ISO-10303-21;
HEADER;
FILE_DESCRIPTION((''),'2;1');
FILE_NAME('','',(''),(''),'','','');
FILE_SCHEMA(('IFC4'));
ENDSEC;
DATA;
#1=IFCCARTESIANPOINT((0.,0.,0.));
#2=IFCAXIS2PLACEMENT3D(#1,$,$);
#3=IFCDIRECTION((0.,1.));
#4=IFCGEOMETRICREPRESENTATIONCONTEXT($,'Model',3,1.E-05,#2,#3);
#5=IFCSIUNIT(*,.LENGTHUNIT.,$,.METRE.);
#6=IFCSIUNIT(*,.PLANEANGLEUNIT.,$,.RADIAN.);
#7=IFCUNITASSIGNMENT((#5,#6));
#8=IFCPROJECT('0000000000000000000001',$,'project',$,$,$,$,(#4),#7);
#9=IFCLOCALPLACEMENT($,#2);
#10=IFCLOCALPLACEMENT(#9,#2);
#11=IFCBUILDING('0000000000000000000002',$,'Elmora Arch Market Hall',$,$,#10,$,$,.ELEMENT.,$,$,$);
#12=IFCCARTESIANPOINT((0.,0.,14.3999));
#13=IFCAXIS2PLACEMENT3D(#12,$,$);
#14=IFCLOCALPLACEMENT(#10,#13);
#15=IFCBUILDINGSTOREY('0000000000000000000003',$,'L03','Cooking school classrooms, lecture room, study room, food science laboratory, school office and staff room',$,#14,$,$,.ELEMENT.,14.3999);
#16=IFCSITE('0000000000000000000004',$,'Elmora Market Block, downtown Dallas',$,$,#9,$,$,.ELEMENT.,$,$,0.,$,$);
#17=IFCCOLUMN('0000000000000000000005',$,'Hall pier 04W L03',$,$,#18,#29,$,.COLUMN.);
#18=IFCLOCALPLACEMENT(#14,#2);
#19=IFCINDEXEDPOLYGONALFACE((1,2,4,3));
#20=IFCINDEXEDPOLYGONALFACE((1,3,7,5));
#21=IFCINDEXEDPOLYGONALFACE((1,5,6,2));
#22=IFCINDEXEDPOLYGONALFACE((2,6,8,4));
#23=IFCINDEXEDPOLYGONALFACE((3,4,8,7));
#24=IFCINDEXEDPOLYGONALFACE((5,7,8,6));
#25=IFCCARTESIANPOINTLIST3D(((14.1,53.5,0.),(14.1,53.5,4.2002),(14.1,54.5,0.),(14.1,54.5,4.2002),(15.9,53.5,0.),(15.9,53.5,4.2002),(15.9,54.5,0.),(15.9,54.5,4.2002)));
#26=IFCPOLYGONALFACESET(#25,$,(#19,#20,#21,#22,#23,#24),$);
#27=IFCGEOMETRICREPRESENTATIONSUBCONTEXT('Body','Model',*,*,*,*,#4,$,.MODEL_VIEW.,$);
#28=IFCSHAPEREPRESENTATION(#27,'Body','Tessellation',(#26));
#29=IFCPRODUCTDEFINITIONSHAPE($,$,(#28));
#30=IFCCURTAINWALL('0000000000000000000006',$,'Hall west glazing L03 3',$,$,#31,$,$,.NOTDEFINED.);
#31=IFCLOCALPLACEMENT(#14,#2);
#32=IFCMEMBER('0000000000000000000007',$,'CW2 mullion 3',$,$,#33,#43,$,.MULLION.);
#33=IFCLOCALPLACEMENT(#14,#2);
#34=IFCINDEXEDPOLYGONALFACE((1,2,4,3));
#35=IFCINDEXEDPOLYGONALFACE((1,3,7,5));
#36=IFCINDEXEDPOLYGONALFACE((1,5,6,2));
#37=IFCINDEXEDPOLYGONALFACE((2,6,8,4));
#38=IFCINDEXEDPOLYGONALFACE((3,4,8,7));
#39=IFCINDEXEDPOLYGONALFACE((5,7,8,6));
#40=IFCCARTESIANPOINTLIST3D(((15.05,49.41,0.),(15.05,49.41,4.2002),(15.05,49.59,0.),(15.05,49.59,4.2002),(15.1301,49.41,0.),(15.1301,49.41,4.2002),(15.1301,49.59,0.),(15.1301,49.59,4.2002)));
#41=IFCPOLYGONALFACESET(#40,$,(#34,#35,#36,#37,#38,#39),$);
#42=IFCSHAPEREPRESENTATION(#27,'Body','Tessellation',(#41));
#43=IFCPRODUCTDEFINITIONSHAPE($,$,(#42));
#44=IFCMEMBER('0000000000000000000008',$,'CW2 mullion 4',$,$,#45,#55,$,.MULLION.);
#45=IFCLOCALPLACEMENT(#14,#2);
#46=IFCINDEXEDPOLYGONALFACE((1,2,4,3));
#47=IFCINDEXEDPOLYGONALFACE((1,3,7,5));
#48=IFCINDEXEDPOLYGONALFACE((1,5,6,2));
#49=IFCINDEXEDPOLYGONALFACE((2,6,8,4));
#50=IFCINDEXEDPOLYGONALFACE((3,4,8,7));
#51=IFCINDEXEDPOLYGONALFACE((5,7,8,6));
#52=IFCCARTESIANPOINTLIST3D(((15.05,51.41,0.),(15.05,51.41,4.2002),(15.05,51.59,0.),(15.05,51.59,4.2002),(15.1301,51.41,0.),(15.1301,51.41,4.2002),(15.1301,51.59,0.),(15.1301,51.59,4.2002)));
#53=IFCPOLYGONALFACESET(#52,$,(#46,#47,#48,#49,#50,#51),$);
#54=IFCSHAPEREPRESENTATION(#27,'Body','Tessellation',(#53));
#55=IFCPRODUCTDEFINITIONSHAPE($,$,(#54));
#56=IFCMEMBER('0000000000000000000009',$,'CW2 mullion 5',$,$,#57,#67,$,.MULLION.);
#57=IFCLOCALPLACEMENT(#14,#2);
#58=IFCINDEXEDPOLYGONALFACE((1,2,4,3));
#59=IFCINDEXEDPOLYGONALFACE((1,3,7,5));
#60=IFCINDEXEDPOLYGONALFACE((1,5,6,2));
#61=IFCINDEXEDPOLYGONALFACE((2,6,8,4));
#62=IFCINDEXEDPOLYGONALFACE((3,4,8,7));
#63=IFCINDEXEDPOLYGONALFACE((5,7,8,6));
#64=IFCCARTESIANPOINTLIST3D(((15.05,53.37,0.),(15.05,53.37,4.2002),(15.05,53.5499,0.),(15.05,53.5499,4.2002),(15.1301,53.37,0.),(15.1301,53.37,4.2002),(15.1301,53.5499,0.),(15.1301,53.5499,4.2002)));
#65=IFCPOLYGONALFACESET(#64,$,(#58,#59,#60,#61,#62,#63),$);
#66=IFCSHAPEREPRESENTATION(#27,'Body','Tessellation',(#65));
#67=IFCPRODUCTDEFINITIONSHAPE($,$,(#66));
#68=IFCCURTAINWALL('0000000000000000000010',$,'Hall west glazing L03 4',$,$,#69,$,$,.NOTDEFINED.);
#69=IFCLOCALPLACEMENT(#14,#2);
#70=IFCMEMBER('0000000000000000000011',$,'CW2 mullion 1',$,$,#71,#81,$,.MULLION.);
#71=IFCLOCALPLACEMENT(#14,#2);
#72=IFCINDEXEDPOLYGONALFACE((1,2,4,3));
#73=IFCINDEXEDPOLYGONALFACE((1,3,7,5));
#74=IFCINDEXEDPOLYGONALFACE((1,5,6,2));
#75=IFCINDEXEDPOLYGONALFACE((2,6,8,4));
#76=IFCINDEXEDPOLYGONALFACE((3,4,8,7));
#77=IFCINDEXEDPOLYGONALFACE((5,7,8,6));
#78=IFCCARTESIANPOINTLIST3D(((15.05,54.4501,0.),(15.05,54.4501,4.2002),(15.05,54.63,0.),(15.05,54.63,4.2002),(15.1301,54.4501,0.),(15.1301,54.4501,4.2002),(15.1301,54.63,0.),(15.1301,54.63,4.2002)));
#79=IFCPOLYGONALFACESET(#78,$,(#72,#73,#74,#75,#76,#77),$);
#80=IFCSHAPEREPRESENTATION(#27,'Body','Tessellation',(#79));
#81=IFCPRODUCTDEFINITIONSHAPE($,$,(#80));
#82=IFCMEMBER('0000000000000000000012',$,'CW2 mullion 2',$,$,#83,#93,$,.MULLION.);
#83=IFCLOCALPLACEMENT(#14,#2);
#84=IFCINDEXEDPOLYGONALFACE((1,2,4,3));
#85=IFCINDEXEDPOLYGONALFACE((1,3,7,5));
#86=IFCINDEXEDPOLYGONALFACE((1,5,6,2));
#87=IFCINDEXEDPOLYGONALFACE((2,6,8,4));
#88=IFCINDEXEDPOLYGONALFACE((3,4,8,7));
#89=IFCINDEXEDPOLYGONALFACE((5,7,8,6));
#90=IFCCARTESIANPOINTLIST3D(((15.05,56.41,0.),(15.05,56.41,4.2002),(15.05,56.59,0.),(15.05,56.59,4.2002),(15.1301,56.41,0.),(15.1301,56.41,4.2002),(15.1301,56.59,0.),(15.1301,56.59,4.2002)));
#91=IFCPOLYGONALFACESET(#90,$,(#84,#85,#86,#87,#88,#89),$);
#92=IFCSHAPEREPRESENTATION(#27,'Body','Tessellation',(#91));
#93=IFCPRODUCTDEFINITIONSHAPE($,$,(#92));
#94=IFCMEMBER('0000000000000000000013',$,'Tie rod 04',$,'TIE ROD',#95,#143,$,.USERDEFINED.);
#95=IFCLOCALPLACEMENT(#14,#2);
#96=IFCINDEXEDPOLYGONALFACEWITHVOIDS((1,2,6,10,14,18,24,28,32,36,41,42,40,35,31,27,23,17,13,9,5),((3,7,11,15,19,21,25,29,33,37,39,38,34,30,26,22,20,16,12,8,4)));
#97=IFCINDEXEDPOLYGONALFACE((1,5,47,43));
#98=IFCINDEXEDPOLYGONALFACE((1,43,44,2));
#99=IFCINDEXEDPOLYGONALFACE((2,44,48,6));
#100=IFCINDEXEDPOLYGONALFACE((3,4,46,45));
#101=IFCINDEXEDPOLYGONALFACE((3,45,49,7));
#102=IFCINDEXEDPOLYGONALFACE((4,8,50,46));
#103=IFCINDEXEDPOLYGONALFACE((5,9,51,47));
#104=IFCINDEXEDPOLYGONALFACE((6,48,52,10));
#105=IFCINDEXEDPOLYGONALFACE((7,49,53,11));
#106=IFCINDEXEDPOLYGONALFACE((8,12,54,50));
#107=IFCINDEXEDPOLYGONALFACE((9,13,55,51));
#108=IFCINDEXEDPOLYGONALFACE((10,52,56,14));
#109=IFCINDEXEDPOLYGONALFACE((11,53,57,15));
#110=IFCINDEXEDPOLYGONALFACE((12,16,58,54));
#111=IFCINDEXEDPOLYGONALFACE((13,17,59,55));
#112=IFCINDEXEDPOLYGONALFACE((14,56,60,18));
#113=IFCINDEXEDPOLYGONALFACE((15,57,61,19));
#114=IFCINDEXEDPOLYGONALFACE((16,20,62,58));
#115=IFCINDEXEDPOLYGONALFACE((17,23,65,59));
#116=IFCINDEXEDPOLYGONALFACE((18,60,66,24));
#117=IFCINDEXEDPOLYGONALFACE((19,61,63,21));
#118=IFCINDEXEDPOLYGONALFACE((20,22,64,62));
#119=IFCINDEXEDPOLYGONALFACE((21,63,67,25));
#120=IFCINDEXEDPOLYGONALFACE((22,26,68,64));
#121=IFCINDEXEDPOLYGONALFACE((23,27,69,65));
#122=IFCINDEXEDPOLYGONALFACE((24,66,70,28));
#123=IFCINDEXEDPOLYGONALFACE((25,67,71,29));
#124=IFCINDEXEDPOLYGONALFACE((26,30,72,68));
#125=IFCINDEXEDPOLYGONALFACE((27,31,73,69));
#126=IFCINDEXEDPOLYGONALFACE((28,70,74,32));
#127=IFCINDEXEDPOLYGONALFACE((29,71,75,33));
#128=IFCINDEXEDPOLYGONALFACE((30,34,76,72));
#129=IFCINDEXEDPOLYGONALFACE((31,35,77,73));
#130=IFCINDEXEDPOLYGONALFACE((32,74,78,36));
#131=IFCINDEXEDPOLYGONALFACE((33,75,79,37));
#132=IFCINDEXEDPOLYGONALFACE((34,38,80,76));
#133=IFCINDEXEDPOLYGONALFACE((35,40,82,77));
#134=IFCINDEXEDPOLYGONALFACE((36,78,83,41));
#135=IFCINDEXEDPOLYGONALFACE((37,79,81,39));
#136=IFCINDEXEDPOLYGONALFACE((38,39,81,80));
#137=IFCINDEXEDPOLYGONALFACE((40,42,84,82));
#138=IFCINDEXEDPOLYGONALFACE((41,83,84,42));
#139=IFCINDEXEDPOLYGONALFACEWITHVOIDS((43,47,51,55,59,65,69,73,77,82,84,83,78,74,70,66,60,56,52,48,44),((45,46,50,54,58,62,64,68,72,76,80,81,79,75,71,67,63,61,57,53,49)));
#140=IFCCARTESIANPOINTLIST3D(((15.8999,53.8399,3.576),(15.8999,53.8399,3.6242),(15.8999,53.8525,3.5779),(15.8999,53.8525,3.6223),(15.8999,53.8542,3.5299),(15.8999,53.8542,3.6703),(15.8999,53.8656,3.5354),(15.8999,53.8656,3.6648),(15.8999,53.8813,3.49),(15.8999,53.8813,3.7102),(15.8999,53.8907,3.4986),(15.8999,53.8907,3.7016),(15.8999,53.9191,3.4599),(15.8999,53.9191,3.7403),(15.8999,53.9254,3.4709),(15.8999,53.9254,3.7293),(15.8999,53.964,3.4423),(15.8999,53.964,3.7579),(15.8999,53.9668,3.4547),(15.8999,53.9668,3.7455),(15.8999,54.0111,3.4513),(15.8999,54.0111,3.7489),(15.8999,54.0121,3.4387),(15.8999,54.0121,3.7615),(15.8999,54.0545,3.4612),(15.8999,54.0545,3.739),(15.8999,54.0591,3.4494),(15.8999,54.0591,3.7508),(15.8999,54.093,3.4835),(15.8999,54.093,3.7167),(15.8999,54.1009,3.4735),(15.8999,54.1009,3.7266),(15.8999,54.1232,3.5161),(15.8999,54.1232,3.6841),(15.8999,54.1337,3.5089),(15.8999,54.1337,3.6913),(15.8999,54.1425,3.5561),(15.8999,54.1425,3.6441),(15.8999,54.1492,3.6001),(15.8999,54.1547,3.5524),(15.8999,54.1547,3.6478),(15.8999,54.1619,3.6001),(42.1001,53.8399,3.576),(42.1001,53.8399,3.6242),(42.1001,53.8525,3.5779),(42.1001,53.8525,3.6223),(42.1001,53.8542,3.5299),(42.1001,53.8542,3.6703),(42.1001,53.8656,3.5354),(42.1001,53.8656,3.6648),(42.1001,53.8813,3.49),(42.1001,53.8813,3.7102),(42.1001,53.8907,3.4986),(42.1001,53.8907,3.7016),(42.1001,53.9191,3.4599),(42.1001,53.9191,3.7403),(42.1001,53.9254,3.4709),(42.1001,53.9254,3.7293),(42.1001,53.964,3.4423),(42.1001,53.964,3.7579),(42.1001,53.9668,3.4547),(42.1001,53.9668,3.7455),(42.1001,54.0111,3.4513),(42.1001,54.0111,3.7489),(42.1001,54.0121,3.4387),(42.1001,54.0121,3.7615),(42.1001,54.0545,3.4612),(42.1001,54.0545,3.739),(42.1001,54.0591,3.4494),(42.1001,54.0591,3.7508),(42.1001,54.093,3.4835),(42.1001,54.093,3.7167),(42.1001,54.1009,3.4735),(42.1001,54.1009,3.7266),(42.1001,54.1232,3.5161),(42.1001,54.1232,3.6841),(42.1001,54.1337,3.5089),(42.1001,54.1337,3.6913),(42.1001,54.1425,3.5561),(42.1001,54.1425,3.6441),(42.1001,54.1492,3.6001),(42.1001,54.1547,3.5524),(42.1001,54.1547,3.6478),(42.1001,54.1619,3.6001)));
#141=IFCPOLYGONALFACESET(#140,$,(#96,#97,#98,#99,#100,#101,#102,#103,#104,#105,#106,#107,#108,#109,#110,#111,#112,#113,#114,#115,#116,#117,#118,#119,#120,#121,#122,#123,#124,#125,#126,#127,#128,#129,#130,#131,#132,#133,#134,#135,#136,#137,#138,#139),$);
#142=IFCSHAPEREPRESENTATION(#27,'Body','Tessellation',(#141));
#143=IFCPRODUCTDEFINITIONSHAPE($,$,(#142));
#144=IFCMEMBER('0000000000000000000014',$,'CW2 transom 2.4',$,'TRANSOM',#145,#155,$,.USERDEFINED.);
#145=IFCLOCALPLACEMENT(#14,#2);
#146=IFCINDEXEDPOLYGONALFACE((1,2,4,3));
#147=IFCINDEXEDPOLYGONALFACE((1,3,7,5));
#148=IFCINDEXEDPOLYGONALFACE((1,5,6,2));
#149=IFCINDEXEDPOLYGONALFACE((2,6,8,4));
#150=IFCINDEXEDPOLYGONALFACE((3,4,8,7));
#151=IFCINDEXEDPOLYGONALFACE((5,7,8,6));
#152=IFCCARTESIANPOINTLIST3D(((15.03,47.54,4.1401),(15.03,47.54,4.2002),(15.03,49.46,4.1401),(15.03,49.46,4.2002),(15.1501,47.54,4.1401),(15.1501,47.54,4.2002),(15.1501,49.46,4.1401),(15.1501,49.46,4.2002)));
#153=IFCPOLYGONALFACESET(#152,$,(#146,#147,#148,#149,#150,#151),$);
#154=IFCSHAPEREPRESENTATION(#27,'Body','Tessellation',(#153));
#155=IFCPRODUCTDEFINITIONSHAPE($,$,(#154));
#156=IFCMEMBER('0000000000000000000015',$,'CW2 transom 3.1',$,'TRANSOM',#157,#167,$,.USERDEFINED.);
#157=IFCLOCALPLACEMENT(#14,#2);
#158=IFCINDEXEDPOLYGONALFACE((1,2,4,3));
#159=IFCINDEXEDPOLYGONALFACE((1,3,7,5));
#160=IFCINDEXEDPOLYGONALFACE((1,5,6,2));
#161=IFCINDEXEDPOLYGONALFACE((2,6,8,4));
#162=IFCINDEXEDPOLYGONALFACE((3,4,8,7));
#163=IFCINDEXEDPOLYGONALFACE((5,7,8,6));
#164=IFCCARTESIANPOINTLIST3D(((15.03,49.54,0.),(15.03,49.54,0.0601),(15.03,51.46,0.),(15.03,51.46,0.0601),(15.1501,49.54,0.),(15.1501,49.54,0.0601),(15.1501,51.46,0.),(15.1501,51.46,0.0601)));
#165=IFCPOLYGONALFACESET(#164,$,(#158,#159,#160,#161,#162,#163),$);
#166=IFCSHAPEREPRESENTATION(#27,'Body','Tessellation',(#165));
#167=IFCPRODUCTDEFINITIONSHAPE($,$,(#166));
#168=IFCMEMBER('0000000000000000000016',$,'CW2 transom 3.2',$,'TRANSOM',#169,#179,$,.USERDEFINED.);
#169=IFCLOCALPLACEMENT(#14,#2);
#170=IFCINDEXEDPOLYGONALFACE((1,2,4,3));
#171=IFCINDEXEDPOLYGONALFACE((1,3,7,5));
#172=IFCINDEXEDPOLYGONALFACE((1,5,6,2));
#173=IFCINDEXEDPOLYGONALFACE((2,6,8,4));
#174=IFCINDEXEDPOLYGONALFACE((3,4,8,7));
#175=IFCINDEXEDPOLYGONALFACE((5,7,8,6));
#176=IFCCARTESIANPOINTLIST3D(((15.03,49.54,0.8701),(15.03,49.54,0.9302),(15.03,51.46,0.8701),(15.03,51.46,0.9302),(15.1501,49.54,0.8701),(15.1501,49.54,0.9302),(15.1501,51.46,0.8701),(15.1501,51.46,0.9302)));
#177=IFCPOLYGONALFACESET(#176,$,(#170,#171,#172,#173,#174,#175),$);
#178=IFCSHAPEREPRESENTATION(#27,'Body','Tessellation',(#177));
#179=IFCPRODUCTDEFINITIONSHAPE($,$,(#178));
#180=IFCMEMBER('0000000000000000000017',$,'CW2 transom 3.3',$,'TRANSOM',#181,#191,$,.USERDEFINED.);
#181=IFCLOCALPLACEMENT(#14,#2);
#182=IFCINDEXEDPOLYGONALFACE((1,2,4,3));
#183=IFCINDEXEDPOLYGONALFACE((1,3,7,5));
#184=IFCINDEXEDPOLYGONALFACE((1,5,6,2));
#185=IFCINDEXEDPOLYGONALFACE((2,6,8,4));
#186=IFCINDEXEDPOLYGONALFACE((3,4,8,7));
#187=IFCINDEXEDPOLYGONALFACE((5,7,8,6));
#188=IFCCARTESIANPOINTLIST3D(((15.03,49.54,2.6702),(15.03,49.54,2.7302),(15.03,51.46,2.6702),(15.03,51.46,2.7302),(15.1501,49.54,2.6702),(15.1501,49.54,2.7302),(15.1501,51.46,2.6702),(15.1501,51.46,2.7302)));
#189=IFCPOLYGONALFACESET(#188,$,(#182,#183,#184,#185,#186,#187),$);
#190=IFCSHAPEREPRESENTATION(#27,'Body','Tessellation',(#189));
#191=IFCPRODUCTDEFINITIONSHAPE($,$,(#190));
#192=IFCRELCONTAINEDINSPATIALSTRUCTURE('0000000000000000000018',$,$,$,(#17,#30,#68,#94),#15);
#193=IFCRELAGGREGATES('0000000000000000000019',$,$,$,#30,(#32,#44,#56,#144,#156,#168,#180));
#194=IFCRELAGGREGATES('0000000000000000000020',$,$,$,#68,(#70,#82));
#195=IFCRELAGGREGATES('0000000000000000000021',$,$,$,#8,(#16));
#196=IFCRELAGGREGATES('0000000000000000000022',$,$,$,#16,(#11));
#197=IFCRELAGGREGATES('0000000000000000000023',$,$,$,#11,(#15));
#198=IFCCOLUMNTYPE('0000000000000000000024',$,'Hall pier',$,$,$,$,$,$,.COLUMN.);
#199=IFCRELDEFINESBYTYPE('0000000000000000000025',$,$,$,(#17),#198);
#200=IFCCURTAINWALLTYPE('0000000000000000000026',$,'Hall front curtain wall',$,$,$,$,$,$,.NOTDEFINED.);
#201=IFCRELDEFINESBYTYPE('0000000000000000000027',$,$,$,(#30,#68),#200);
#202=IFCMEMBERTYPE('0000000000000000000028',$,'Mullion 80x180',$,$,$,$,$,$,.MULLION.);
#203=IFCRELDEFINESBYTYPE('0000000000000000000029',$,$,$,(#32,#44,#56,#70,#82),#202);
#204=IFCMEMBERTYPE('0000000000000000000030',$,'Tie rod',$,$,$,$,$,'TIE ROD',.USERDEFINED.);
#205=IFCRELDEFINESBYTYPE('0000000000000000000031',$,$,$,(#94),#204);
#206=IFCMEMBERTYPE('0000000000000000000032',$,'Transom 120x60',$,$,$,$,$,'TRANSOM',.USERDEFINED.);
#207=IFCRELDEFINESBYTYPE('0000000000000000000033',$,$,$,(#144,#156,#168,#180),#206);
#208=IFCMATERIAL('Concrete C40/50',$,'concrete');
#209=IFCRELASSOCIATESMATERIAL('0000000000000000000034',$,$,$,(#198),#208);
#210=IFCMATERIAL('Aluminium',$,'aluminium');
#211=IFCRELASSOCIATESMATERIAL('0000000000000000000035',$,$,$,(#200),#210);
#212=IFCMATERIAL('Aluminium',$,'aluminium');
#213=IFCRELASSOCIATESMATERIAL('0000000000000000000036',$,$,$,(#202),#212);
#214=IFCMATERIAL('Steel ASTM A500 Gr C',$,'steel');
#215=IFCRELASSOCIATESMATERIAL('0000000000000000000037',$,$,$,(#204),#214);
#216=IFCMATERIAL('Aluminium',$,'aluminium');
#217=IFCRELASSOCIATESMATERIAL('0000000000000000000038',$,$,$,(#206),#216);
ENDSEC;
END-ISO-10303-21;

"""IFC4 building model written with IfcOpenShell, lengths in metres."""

from ifc_helpers import new_model, si_unit, direction, frame, origin, origin_2d, place, context, subcontext, project, spatial, rectangle, hollow_circle, extrude, material, material_profile, profile_set, type_object, element, aggregate, save


model = new_model("IFC4")

# Units and contexts
model_context = context("Model", 3, precision=1e-05, world=origin(), true_north=direction((0.0, 1.0)))
body_context = subcontext(model_context, "Body", "Model", "MODEL_VIEW")
ifc_project = project(units=[si_unit("LENGTHUNIT", "METRE"), si_unit("PLANEANGLEUNIT", "RADIAN")], contexts=[model_context])

# Site, building, storey
site_placement = place(None, origin())
site = spatial("IfcSite", under=ifc_project, at=site_placement, Name="Elmora Market Block, downtown Dallas", CompositionType="ELEMENT", RefElevation=0.0)
building_placement = place(site_placement, origin())
building = spatial("IfcBuilding", under=site, at=building_placement, Name="Elmora Arch Market Hall", CompositionType="ELEMENT")
storey_placement = place(building_placement, frame((0.0, 0.0, 14.3999)))
storey = spatial("IfcBuildingStorey", under=building, at=storey_placement, Name="L03", Description="Cooking school classrooms, lecture room, study room, food science laboratory, school office and staff room", CompositionType="ELEMENT", Elevation=14.3999)

# Column
ifc_material_1 = material(Name="Concrete C40/50", Category="concrete")
ifc_material_profile_1 = material_profile(ifc_material_1, rectangle(XDim=1.8, YDim=1.0, at=origin_2d()), Name="Hall pier")
ifc_profile_set_1 = profile_set([ifc_material_profile_1], Name="Concrete C40/50")
column_type = type_object("IfcColumnType", Name="Hall pier", PredefinedType="COLUMN", material=ifc_profile_set_1)
column_placement = place(storey_placement, frame((15.0, 54.0, 0.0), z_axis=(0.0, 0.0, 1.0), x_axis=(1.0, 0.0, 0.0)))
element("IfcColumn", 1, at=column_placement, inside=storey, type_object=column_type, Name="Hall pier 04W L03", PredefinedType="COLUMN", context=body_context, shape_type="SweptSolid", body=[
    extrude(rectangle(XDim=1.8, YDim=1.0, at=origin_2d()), origin(), (0.0, 0.0, 1.0), 4.2002),
])

# Curtain walls, members
ifc_material_2 = material(Name="Aluminium", Category="aluminium")
curtain_wall_type = type_object("IfcCurtainWallType", Name="Hall front curtain wall", PredefinedType="NOTDEFINED", material=ifc_material_2)
curtain_wall_1_placement = place(storey_placement, origin())
curtain_wall_1 = element("IfcCurtainWall", 2, at=curtain_wall_1_placement, inside=storey, type_object=curtain_wall_type, Name="Hall west glazing L03 3", PredefinedType="NOTDEFINED")
ifc_material_3 = material(Name="Aluminium", Category="aluminium")
ifc_material_profile_2 = material_profile(ifc_material_3, rectangle(XDim=0.0801, YDim=0.1799, at=origin_2d()), Name="AL 80x180")
ifc_profile_set_2 = profile_set([ifc_material_profile_2], Name="Aluminium")
member_type_1 = type_object("IfcMemberType", Name="Mullion 80x180", PredefinedType="MULLION", material=ifc_profile_set_2)
member_1_placement = place(storey_placement, frame((15.0901, 49.5, 0.0), z_axis=(0.0, 0.0, 1.0), x_axis=(-1.0, 0.0, 0.0)))
member_1 = element("IfcMember", 3, at=member_1_placement, type_object=member_type_1, Name="CW2 mullion 3", PredefinedType="MULLION", context=body_context, shape_type="SweptSolid", body=[
    extrude(rectangle(XDim=0.0801, YDim=0.1799, at=origin_2d()), origin(), (0.0, 0.0, 1.0), 4.2002),
])
member_2_placement = place(storey_placement, frame((15.0901, 51.5, 0.0), z_axis=(0.0, 0.0, 1.0), x_axis=(-1.0, 0.0, 0.0)))
member_2 = element("IfcMember", 4, at=member_2_placement, type_object=member_type_1, Name="CW2 mullion 4", PredefinedType="MULLION", context=body_context, shape_type="SweptSolid", body=[
    extrude(rectangle(XDim=0.0801, YDim=0.1799, at=origin_2d()), origin(), (0.0, 0.0, 1.0), 4.2002),
])
member_3_placement = place(storey_placement, frame((15.0901, 53.46, 0.0), z_axis=(0.0, 0.0, 1.0), x_axis=(-1.0, 0.0, 0.0)))
member_3 = element("IfcMember", 5, at=member_3_placement, type_object=member_type_1, Name="CW2 mullion 5", PredefinedType="MULLION", context=body_context, shape_type="SweptSolid", body=[
    extrude(rectangle(XDim=0.0801, YDim=0.1799, at=origin_2d()), origin(), (0.0, 0.0, 1.0), 4.2002),
])
curtain_wall_2_placement = place(storey_placement, origin())
curtain_wall_2 = element("IfcCurtainWall", 6, at=curtain_wall_2_placement, inside=storey, type_object=curtain_wall_type, Name="Hall west glazing L03 4", PredefinedType="NOTDEFINED")
member_4_placement = place(storey_placement, frame((15.0901, 54.54, 0.0), z_axis=(0.0, 0.0, 1.0), x_axis=(-1.0, 0.0, 0.0)))
member_4 = element("IfcMember", 7, at=member_4_placement, type_object=member_type_1, Name="CW2 mullion 1", PredefinedType="MULLION", context=body_context, shape_type="SweptSolid", body=[
    extrude(rectangle(XDim=0.0801, YDim=0.1799, at=origin_2d()), origin(), (0.0, 0.0, 1.0), 4.2002),
])
member_5_placement = place(storey_placement, frame((15.0901, 56.5, 0.0), z_axis=(0.0, 0.0, 1.0), x_axis=(-1.0, 0.0, 0.0)))
member_5 = element("IfcMember", 8, at=member_5_placement, type_object=member_type_1, Name="CW2 mullion 2", PredefinedType="MULLION", context=body_context, shape_type="SweptSolid", body=[
    extrude(rectangle(XDim=0.0801, YDim=0.1799, at=origin_2d()), origin(), (0.0, 0.0, 1.0), 4.2002),
])

# Members
ifc_material_4 = material(Name="Steel ASTM A500 Gr C", Category="steel")
ifc_material_profile_3 = material_profile(ifc_material_4, hollow_circle(Radius=0.1619, WallThickness=0.0127, at=origin_2d()), Name="Tie rod")
ifc_profile_set_3 = profile_set([ifc_material_profile_3], Name="Steel ASTM A500 Gr C")
member_type_2 = type_object("IfcMemberType", Name="Tie rod", ElementType="TIE ROD", PredefinedType="USERDEFINED", material=ifc_profile_set_3)
member_6_placement = place(storey_placement, frame((15.8999, 54.0, 3.6001), z_axis=(1.0, 0.0, 0.0), x_axis=(0.0, 1.0, 0.0)))
element("IfcMember", 9, at=member_6_placement, inside=storey, type_object=member_type_2, Name="Tie rod 04", ObjectType="TIE ROD", PredefinedType="USERDEFINED", context=body_context, shape_type="SweptSolid", body=[
    extrude(hollow_circle(Radius=0.1619, WallThickness=0.0127, at=origin_2d()), origin(), (0.0, 0.0, 1.0), 26.2002),
])
ifc_material_5 = material(Name="Aluminium", Category="aluminium")
ifc_material_profile_4 = material_profile(ifc_material_5, rectangle(XDim=0.1201, YDim=0.0601, at=origin_2d()), Name="AL 120x60")
ifc_profile_set_4 = profile_set([ifc_material_profile_4], Name="Aluminium")
member_type_3 = type_object("IfcMemberType", Name="Transom 120x60", ElementType="TRANSOM", PredefinedType="USERDEFINED", material=ifc_profile_set_4)
member_7_placement = place(storey_placement, frame((15.0901, 47.54, 4.1702), z_axis=(0.0, 1.0, 0.0), x_axis=(-1.0, 0.0, 0.0)))
member_7 = element("IfcMember", 10, at=member_7_placement, type_object=member_type_3, Name="CW2 transom 2.4", ObjectType="TRANSOM", PredefinedType="USERDEFINED", context=body_context, shape_type="SweptSolid", body=[
    extrude(rectangle(XDim=0.1201, YDim=0.0601, at=origin_2d()), origin(), (0.0, 0.0, 1.0), 1.9199),
])
member_8_placement = place(storey_placement, frame((15.0901, 49.54, 0.03), z_axis=(0.0, 1.0, 0.0), x_axis=(-1.0, 0.0, 0.0)))
member_8 = element("IfcMember", 11, at=member_8_placement, type_object=member_type_3, Name="CW2 transom 3.1", ObjectType="TRANSOM", PredefinedType="USERDEFINED", context=body_context, shape_type="SweptSolid", body=[
    extrude(rectangle(XDim=0.1201, YDim=0.0601, at=origin_2d()), origin(), (0.0, 0.0, 1.0), 1.9199),
])
member_9_placement = place(storey_placement, frame((15.0901, 49.54, 0.9001), z_axis=(0.0, 1.0, 0.0), x_axis=(-1.0, 0.0, 0.0)))
member_9 = element("IfcMember", 12, at=member_9_placement, type_object=member_type_3, Name="CW2 transom 3.2", ObjectType="TRANSOM", PredefinedType="USERDEFINED", context=body_context, shape_type="SweptSolid", body=[
    extrude(rectangle(XDim=0.1201, YDim=0.0601, at=origin_2d()), origin(), (0.0, 0.0, 1.0), 1.9199),
])
member_10_placement = place(storey_placement, frame((15.0901, 49.54, 2.7002), z_axis=(0.0, 1.0, 0.0), x_axis=(-1.0, 0.0, 0.0)))
member_10 = element("IfcMember", 13, at=member_10_placement, type_object=member_type_3, Name="CW2 transom 3.3", ObjectType="TRANSOM", PredefinedType="USERDEFINED", context=body_context, shape_type="SweptSolid", body=[
    extrude(rectangle(XDim=0.1201, YDim=0.0601, at=origin_2d()), origin(), (0.0, 0.0, 1.0), 1.9199),
])

aggregate(curtain_wall_1, [member_1, member_2, member_3, member_7, member_8, member_9, member_10])
aggregate(curtain_wall_2, [member_4, member_5])

save(model, "model.ifc")
